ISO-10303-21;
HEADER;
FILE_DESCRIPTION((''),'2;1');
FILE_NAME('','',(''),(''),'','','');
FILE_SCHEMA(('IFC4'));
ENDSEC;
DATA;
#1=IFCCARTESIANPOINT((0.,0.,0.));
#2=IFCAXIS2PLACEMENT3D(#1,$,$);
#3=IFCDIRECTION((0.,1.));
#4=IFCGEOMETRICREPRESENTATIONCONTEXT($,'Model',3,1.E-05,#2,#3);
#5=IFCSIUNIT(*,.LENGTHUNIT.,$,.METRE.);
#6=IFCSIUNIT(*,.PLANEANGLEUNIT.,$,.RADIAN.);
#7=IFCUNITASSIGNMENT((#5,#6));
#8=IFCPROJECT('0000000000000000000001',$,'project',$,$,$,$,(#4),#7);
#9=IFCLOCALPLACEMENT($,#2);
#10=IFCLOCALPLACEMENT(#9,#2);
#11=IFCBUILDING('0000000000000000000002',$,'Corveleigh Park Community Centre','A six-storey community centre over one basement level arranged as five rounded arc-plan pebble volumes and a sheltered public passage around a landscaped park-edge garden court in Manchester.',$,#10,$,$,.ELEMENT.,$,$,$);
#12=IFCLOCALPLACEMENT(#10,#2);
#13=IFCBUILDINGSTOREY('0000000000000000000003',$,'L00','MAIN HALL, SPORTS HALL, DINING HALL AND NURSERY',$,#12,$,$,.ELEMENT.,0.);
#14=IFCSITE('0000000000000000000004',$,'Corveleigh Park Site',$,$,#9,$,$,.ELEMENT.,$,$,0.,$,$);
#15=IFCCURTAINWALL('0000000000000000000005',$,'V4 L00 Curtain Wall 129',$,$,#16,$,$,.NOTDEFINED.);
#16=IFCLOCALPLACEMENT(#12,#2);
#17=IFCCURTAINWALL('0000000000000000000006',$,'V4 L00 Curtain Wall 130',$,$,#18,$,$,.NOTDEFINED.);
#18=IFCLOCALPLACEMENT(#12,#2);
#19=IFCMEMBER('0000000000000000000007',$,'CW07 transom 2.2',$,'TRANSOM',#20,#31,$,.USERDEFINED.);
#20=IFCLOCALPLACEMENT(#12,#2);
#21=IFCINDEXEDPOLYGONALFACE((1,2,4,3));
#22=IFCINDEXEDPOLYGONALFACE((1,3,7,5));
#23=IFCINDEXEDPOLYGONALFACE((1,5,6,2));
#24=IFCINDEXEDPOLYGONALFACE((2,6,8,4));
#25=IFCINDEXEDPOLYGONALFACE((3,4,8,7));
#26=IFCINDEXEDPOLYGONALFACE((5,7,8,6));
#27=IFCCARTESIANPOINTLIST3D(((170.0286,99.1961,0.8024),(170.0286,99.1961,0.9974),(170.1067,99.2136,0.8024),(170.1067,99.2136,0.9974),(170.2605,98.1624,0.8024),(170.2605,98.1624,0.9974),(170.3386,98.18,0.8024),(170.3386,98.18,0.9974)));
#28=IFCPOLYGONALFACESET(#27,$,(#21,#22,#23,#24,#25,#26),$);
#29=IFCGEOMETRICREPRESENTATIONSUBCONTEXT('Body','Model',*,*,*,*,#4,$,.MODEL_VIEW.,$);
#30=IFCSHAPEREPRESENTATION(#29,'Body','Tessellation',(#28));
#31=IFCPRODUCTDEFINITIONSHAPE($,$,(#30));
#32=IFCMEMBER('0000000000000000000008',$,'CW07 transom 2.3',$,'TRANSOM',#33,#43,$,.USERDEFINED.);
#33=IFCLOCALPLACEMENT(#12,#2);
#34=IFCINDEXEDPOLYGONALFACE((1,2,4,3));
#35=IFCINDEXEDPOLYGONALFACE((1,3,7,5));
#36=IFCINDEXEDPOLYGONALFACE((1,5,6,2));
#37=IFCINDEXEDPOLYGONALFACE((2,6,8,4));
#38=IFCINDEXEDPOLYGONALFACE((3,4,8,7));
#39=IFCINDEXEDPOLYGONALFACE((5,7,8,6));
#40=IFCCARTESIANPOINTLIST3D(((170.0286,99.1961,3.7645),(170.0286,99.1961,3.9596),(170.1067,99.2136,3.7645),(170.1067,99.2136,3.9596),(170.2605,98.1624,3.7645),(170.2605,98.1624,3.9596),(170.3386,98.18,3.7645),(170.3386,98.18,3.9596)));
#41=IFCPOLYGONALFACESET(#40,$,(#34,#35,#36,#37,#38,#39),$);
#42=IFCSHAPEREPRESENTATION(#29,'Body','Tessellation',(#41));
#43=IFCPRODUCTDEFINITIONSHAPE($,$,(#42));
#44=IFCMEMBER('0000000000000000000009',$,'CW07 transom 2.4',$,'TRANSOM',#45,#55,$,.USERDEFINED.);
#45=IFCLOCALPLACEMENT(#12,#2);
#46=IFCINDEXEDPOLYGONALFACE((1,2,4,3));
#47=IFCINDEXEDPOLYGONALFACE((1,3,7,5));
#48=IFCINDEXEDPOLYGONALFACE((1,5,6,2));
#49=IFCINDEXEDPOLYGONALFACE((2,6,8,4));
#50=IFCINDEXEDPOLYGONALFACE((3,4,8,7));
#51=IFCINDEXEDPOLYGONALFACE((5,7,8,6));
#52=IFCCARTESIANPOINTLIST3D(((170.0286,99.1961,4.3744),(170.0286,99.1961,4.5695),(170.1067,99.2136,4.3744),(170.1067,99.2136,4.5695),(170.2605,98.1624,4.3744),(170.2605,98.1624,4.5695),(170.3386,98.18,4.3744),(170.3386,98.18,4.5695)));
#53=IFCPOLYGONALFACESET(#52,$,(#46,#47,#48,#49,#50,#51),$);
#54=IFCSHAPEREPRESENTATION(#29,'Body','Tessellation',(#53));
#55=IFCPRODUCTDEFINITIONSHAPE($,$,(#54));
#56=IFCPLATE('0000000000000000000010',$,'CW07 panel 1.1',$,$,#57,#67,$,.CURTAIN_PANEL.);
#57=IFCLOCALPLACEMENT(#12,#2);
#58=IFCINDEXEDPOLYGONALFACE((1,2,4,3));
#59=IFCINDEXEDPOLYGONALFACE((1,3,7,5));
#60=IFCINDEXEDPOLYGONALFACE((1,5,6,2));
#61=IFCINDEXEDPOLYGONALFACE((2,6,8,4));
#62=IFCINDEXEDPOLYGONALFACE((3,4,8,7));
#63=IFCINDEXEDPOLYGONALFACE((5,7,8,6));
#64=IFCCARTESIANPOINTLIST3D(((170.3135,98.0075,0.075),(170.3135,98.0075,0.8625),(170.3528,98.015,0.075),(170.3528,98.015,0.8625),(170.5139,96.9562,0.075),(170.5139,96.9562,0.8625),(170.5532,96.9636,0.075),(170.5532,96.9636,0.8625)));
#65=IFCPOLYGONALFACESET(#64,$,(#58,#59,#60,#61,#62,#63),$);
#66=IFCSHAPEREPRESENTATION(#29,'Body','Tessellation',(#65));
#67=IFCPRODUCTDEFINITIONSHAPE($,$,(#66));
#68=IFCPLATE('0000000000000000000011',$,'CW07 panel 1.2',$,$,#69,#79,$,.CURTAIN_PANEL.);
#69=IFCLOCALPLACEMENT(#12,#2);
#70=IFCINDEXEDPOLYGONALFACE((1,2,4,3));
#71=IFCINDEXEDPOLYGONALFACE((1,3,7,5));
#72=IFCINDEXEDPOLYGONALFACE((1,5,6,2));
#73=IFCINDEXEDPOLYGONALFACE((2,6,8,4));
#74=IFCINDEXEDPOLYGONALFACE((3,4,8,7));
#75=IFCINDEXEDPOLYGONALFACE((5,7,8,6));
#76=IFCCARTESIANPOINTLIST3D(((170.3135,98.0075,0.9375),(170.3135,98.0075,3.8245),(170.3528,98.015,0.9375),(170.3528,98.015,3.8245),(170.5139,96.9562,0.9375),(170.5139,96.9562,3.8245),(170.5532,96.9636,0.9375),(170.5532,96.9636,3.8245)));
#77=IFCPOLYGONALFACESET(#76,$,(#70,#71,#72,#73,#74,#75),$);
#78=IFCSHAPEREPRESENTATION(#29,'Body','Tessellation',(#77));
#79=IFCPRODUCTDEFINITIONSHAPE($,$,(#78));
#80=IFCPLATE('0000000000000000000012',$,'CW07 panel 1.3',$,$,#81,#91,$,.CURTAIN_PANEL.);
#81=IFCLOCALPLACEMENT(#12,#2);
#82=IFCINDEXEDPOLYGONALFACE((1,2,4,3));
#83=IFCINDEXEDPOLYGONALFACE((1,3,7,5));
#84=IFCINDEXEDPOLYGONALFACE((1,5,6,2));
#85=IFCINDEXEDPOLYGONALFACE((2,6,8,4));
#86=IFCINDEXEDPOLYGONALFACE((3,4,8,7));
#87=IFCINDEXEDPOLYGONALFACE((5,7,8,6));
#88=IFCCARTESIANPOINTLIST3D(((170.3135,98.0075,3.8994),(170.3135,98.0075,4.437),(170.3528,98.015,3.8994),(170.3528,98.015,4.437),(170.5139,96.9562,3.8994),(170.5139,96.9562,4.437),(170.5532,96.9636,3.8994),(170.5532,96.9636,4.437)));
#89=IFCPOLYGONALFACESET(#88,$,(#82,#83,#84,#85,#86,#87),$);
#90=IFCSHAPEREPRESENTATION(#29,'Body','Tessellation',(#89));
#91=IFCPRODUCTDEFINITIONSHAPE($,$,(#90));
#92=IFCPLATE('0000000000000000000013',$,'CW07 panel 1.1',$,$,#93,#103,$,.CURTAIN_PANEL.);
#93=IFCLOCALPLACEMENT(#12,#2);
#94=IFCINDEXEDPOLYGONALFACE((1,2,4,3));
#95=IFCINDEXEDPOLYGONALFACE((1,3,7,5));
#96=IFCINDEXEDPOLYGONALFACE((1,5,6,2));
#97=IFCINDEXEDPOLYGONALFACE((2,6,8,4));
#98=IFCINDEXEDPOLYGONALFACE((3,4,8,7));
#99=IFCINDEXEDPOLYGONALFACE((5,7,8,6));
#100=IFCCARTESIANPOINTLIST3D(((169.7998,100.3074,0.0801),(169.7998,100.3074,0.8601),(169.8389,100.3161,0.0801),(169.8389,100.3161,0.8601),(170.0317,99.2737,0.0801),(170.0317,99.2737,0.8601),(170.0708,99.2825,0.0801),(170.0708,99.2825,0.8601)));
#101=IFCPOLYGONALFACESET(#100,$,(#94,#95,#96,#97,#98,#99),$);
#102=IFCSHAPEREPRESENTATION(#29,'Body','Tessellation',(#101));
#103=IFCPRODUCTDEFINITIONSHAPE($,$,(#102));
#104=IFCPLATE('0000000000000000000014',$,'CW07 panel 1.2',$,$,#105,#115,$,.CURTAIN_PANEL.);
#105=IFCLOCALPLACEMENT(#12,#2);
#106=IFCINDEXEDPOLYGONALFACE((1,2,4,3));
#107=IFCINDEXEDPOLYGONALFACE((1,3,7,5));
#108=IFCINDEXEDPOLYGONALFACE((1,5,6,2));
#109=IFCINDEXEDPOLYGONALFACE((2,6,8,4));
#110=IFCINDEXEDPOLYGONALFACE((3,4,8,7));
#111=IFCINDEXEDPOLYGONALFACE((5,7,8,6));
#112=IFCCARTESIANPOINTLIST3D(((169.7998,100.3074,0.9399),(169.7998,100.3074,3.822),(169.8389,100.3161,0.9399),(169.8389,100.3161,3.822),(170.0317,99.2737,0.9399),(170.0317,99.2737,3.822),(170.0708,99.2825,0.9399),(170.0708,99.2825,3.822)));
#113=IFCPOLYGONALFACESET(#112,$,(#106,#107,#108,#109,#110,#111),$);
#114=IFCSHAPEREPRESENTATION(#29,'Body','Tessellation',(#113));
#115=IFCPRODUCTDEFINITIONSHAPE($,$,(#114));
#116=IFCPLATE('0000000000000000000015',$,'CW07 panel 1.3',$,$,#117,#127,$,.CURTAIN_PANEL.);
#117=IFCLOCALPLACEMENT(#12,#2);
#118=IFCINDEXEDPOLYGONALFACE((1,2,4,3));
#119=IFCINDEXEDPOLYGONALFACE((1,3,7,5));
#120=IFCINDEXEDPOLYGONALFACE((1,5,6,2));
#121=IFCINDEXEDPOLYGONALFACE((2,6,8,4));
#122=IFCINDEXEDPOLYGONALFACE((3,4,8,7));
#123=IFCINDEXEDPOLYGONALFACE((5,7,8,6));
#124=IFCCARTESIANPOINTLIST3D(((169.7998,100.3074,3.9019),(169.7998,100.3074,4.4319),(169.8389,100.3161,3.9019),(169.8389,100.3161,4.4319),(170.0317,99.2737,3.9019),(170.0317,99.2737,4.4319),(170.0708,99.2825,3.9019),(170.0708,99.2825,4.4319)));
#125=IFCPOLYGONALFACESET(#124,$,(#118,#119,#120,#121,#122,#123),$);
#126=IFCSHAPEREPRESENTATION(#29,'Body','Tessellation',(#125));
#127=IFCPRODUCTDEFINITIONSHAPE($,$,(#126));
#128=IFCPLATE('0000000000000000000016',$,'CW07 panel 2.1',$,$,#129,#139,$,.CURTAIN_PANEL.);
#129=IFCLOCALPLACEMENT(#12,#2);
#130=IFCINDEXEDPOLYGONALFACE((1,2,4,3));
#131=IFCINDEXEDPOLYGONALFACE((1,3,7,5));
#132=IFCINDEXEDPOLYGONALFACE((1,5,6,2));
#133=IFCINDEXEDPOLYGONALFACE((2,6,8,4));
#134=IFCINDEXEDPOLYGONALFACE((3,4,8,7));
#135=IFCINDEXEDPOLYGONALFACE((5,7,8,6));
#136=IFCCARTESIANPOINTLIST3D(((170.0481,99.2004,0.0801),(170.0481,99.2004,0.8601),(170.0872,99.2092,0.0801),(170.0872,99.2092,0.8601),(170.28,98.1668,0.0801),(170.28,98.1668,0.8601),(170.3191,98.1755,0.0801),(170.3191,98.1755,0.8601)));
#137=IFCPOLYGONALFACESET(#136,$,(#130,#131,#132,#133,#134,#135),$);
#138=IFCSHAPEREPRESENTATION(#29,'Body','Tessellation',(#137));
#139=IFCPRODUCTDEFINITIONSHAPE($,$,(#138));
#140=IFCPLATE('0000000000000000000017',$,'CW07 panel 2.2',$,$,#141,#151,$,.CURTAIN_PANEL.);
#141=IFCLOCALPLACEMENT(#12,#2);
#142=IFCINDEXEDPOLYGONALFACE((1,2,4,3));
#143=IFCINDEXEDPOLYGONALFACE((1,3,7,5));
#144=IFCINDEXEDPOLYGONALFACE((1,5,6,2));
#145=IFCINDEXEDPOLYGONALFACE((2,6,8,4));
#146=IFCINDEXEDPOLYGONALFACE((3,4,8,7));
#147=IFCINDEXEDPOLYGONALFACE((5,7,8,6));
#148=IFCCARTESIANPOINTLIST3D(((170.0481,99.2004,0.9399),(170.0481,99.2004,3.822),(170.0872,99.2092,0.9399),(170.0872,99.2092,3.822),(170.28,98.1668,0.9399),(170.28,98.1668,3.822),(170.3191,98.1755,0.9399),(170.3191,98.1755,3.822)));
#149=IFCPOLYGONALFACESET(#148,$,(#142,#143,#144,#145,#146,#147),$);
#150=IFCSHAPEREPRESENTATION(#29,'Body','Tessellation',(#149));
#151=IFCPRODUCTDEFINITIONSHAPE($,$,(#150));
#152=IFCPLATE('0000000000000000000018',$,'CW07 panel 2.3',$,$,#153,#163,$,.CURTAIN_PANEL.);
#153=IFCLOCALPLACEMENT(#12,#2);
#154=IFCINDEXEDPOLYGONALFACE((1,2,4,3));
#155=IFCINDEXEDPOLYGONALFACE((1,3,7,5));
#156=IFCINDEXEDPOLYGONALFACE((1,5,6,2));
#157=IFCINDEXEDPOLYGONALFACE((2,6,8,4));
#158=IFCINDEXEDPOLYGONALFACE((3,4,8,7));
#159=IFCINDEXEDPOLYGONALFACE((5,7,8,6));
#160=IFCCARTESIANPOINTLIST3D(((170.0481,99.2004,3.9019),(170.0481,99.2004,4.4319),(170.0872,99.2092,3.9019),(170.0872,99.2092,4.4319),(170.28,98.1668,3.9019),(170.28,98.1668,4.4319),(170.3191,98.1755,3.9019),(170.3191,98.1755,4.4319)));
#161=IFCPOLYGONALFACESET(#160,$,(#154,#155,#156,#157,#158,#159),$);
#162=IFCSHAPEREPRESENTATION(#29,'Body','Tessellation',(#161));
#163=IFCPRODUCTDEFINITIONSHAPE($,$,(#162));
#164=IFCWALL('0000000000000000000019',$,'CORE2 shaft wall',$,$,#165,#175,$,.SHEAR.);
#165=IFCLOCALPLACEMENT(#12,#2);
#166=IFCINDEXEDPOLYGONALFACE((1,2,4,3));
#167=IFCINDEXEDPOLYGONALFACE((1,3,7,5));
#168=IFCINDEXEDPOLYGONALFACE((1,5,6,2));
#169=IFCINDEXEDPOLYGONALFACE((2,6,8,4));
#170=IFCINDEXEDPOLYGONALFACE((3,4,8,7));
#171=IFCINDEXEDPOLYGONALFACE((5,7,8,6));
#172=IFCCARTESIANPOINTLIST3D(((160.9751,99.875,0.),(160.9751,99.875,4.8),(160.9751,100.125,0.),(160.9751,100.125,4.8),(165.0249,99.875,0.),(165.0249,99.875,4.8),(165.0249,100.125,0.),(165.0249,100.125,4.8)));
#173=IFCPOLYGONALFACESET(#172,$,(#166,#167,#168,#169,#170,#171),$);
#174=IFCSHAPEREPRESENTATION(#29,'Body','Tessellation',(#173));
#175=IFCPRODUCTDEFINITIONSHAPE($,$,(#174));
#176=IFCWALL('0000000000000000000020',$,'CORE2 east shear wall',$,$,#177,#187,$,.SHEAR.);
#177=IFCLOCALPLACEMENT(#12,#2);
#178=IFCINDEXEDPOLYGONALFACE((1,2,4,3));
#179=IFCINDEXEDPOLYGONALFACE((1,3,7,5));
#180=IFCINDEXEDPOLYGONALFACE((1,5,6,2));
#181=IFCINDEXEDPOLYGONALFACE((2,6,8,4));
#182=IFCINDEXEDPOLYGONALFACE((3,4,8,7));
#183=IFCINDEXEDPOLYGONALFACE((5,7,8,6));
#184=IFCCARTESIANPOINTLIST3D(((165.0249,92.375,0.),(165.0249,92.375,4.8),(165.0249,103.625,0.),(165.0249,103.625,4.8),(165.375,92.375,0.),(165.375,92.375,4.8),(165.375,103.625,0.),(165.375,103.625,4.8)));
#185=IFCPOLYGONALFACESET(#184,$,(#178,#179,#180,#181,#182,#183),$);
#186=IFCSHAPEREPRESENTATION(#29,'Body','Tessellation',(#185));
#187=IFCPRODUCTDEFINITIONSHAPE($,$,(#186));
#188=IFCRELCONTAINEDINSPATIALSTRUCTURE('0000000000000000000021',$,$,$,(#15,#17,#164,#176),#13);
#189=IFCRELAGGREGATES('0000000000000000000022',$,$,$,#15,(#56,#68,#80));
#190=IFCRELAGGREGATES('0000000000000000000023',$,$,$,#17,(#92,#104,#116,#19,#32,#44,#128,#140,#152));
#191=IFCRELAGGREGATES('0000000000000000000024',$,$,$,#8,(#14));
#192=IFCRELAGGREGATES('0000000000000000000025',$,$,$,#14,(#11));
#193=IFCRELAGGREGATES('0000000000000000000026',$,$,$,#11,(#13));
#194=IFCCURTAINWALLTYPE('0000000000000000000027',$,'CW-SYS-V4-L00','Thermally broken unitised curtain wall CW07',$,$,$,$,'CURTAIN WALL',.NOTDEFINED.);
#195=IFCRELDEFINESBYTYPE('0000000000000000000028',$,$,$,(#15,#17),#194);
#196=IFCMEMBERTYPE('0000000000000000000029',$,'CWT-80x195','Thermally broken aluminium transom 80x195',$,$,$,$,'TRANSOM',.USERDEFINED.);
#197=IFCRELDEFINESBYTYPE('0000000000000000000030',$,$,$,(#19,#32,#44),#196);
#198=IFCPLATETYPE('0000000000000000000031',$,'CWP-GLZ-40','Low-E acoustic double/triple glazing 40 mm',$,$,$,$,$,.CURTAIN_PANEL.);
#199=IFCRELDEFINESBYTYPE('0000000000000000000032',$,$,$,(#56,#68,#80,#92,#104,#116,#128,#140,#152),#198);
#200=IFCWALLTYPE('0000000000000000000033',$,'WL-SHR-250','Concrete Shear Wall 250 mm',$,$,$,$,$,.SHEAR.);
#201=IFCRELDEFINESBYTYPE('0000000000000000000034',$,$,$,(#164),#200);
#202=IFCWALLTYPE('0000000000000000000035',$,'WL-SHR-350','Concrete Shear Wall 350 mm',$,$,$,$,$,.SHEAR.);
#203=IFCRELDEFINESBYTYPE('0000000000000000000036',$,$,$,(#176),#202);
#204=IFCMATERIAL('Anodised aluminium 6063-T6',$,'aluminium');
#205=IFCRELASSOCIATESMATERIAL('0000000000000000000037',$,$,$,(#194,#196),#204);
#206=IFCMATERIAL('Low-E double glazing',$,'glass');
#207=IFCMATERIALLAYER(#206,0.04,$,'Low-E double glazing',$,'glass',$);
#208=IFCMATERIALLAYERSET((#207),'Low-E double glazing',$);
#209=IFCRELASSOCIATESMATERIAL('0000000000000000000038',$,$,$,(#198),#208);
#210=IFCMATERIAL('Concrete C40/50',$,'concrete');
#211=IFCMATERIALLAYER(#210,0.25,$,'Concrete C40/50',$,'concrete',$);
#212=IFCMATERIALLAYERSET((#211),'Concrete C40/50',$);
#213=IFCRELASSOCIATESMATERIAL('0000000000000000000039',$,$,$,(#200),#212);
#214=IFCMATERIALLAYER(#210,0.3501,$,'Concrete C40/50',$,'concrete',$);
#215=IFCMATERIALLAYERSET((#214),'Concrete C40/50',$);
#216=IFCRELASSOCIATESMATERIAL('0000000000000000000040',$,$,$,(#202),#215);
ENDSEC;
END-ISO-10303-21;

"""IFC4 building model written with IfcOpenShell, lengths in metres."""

from ifc_helpers import new_model, si_unit, direction, frame, frame_2d, origin, origin_2d, place, context, subcontext, project, spatial, rectangle, extrude, material, layer, layer_set, material_profile, profile_set, type_object, element, aggregate, save


model = new_model("IFC4")

# Units and contexts
model_context = context("Model", 3, precision=1e-05, world=origin(), true_north=direction((0.0, 1.0)))
body_context = subcontext(model_context, "Body", "Model", "MODEL_VIEW")
ifc_project = project(units=[si_unit("LENGTHUNIT", "METRE"), si_unit("PLANEANGLEUNIT", "RADIAN")], contexts=[model_context])

# Site, building, storey
site_placement = place(None, origin())
site = spatial("IfcSite", under=ifc_project, at=site_placement, Name="Corveleigh Park Site", CompositionType="ELEMENT", RefElevation=0.0)
building_placement = place(site_placement, origin())
building = spatial("IfcBuilding", under=site, at=building_placement, Name="Corveleigh Park Community Centre", Description="A six-storey community centre over one basement level arranged as five rounded arc-plan pebble volumes and a sheltered public passage around a landscaped park-edge garden court in Manchester.", CompositionType="ELEMENT")
storey_placement = place(building_placement, origin())
storey = spatial("IfcBuildingStorey", under=building, at=storey_placement, Name="L00", Description="MAIN HALL, SPORTS HALL, DINING HALL AND NURSERY", CompositionType="ELEMENT", Elevation=0.0)

# Shared definitions
ifc_material_1 = material(Name="Concrete C40/50", Category="concrete")

# Curtain wall
ifc_material_2 = material(Name="Anodised aluminium 6063-T6", Category="aluminium")
curtain_wall_type = type_object("IfcCurtainWallType", Name="CW-SYS-V4-L00", Description="Thermally broken unitised curtain wall CW07", ElementType="CURTAIN WALL", PredefinedType="NOTDEFINED", material=ifc_material_2)
curtain_wall_1_placement = place(storey_placement, origin())
curtain_wall_1 = element("IfcCurtainWall", 1, at=curtain_wall_1_placement, inside=storey, type_object=curtain_wall_type, Name="V4 L00 Curtain Wall 129", PredefinedType="NOTDEFINED")

# Curtain wall
curtain_wall_2_placement = place(storey_placement, origin())
curtain_wall_2 = element("IfcCurtainWall", 2, at=curtain_wall_2_placement, inside=storey, type_object=curtain_wall_type, Name="V4 L00 Curtain Wall 130", PredefinedType="NOTDEFINED")

# Members
ifc_material_profile_1 = material_profile(ifc_material_2, rectangle(XDim=0.0801, YDim=0.1951, at=origin_2d()), Name="ALU-T80x195", Category="aluminium")
ifc_profile_set_1 = profile_set([ifc_material_profile_1], Name="Anodised aluminium 6063-T6")
member_type_1 = type_object("IfcMemberType", Name="CWT-80x195", Description="Thermally broken aluminium transom 80x195", ElementType="TRANSOM", PredefinedType="USERDEFINED", material=ifc_profile_set_1)
member_1_placement = place(storey_placement, frame((170.0676, 99.2048, 0.8999), z_axis=(0.218931, -0.97574, 0.0), x_axis=(0.97574, 0.218931, 0.0)))
member_1 = element("IfcMember", 3, at=member_1_placement, type_object=member_type_1, Name="CW07 transom 2.2", ObjectType="TRANSOM", PredefinedType="USERDEFINED", context=body_context, shape_type="SweptSolid", body=[
    extrude(rectangle(XDim=0.0801, YDim=0.1951, at=origin_2d()), origin(), (0.0, 0.0, 1.0), 1.0593),
])
member_2_placement = place(storey_placement, frame((170.0676, 99.2048, 3.8621), z_axis=(0.218931, -0.97574, 0.0), x_axis=(0.97574, 0.218931, 0.0)))
member_2 = element("IfcMember", 4, at=member_2_placement, type_object=member_type_1, Name="CW07 transom 2.3", ObjectType="TRANSOM", PredefinedType="USERDEFINED", context=body_context, shape_type="SweptSolid", body=[
    extrude(rectangle(XDim=0.0801, YDim=0.1951, at=origin_2d()), origin(), (0.0, 0.0, 1.0), 1.0593),
])
member_3_placement = place(storey_placement, frame((170.0676, 99.2048, 4.4719), z_axis=(0.218931, -0.97574, 0.0), x_axis=(0.97574, 0.218931, 0.0)))
member_3 = element("IfcMember", 5, at=member_3_placement, type_object=member_type_1, Name="CW07 transom 2.4", ObjectType="TRANSOM", PredefinedType="USERDEFINED", context=body_context, shape_type="SweptSolid", body=[
    extrude(rectangle(XDim=0.0801, YDim=0.1951, at=origin_2d()), origin(), (0.0, 0.0, 1.0), 1.0593),
])

# Plates
ifc_material_3 = material(Name="Low-E double glazing", Category="glass")
ifc_layer_1 = layer(ifc_material_3, 0.04, Name="Low-E double glazing", Category="glass")
ifc_layer_set_1 = layer_set([ifc_layer_1], Name="Low-E double glazing")
plate_type = type_object("IfcPlateType", Name="CWP-GLZ-40", Description="Low-E acoustic double/triple glazing 40 mm", PredefinedType="CURTAIN_PANEL", material=ifc_layer_set_1)
plate_1_placement = place(storey_placement, frame((170.4333, 97.4856, 0.075), z_axis=(0.0, 0.0, 1.0), x_axis=(0.18719, -0.982324, 0.0)))
plate_1 = element("IfcPlate", 6, at=plate_1_placement, type_object=plate_type, Name="CW07 panel 1.1", PredefinedType="CURTAIN_PANEL", context=body_context, shape_type="SweptSolid", body=[
    extrude(rectangle(XDim=1.0703, YDim=0.04, at=origin_2d()), origin(), (0.0, 0.0, 1.0), 0.7876),
])
plate_2_placement = place(storey_placement, frame((170.4333, 97.4856, 0.9375), z_axis=(0.0, 0.0, 1.0), x_axis=(0.18719, -0.982324, 0.0)))
plate_2 = element("IfcPlate", 7, at=plate_2_placement, type_object=plate_type, Name="CW07 panel 1.2", PredefinedType="CURTAIN_PANEL", context=body_context, shape_type="SweptSolid", body=[
    extrude(rectangle(XDim=1.0703, YDim=0.04, at=origin_2d()), origin(), (0.0, 0.0, 1.0), 2.887),
])
plate_3_placement = place(storey_placement, frame((170.4333, 97.4856, 3.8994), z_axis=(0.0, 0.0, 1.0), x_axis=(0.18719, -0.982324, 0.0)))
plate_3 = element("IfcPlate", 8, at=plate_3_placement, type_object=plate_type, Name="CW07 panel 1.3", PredefinedType="CURTAIN_PANEL", context=body_context, shape_type="SweptSolid", body=[
    extrude(rectangle(XDim=1.0703, YDim=0.04, at=origin_2d()), origin(), (0.0, 0.0, 1.0), 0.5376),
])
aggregate(curtain_wall_1, [plate_1, plate_2, plate_3])
plate_4_placement = place(storey_placement, frame((169.9353, 99.7949, 0.0801), z_axis=(0.0, 0.0, 1.0), x_axis=(0.218873, -0.975753, 0.0)))
plate_4 = element("IfcPlate", 9, at=plate_4_placement, type_object=plate_type, Name="CW07 panel 1.1", PredefinedType="CURTAIN_PANEL", context=body_context, shape_type="SweptSolid", body=[
    extrude(rectangle(XDim=1.0593, YDim=0.04, at=origin_2d()), origin(), (0.0, 0.0, 1.0), 0.78),
])
plate_5_placement = place(storey_placement, frame((169.9353, 99.7949, 0.9399), z_axis=(0.0, 0.0, 1.0), x_axis=(0.218873, -0.975753, 0.0)))
plate_5 = element("IfcPlate", 10, at=plate_5_placement, type_object=plate_type, Name="CW07 panel 1.2", PredefinedType="CURTAIN_PANEL", context=body_context, shape_type="SweptSolid", body=[
    extrude(rectangle(XDim=1.0593, YDim=0.04, at=origin_2d()), origin(), (0.0, 0.0, 1.0), 2.8821),
])
plate_6_placement = place(storey_placement, frame((169.9353, 99.7949, 3.9019), z_axis=(0.0, 0.0, 1.0), x_axis=(0.218873, -0.975753, 0.0)))
plate_6 = element("IfcPlate", 11, at=plate_6_placement, type_object=plate_type, Name="CW07 panel 1.3", PredefinedType="CURTAIN_PANEL", context=body_context, shape_type="SweptSolid", body=[
    extrude(rectangle(XDim=1.0593, YDim=0.04, at=origin_2d()), origin(), (0.0, 0.0, 1.0), 0.53),
])
plate_7_placement = place(storey_placement, frame((170.1836, 98.688, 0.0801), z_axis=(0.0, 0.0, 1.0), x_axis=(0.218873, -0.975753, 0.0)))
plate_7 = element("IfcPlate", 12, at=plate_7_placement, type_object=plate_type, Name="CW07 panel 2.1", PredefinedType="CURTAIN_PANEL", context=body_context, shape_type="SweptSolid", body=[
    extrude(rectangle(XDim=1.0593, YDim=0.04, at=origin_2d()), origin(), (0.0, 0.0, 1.0), 0.78),
])
plate_8_placement = place(storey_placement, frame((170.1836, 98.688, 0.9399), z_axis=(0.0, 0.0, 1.0), x_axis=(0.218873, -0.975753, 0.0)))
plate_8 = element("IfcPlate", 13, at=plate_8_placement, type_object=plate_type, Name="CW07 panel 2.2", PredefinedType="CURTAIN_PANEL", context=body_context, shape_type="SweptSolid", body=[
    extrude(rectangle(XDim=1.0593, YDim=0.04, at=origin_2d()), origin(), (0.0, 0.0, 1.0), 2.8821),
])
plate_9_placement = place(storey_placement, frame((170.1836, 98.688, 3.9019), z_axis=(0.0, 0.0, 1.0), x_axis=(0.218873, -0.975753, 0.0)))
plate_9 = element("IfcPlate", 14, at=plate_9_placement, type_object=plate_type, Name="CW07 panel 2.3", PredefinedType="CURTAIN_PANEL", context=body_context, shape_type="SweptSolid", body=[
    extrude(rectangle(XDim=1.0593, YDim=0.04, at=origin_2d()), origin(), (0.0, 0.0, 1.0), 0.53),
])
aggregate(curtain_wall_2, [plate_4, plate_5, plate_6, member_1, member_2, member_3, plate_7, plate_8, plate_9])

# Walls
ifc_layer_2 = layer(ifc_material_1, 0.25, Name="Concrete C40/50", Category="concrete")
ifc_layer_set_2 = layer_set([ifc_layer_2], Name="Concrete C40/50")
wall_type_1 = type_object("IfcWallType", Name="WL-SHR-250", Description="Concrete Shear Wall 250 mm", PredefinedType="SHEAR", material=ifc_layer_set_2)
wall_1_placement = place(storey_placement, frame((160.9751, 100.0, 0.0), z_axis=(0.0, 0.0, 1.0), x_axis=(1.0, 0.0, 0.0)))
element("IfcWall", 15, at=wall_1_placement, inside=storey, type_object=wall_type_1, Name="CORE2 shaft wall", PredefinedType="SHEAR", context=body_context, shape_type="SweptSolid", body=[
    extrude(rectangle(XDim=4.0498, YDim=0.25, at=frame_2d((2.0249, 0.0))), origin(), (0.0, 0.0, 1.0), 4.8),
])
ifc_layer_3 = layer(ifc_material_1, 0.3501, Name="Concrete C40/50", Category="concrete")
ifc_layer_set_3 = layer_set([ifc_layer_3], Name="Concrete C40/50")
wall_type_2 = type_object("IfcWallType", Name="WL-SHR-350", Description="Concrete Shear Wall 350 mm", PredefinedType="SHEAR", material=ifc_layer_set_3)
wall_2_placement = place(storey_placement, frame((165.2, 92.375, 0.0), z_axis=(0.0, 0.0, 1.0), x_axis=(0.0, 1.0, 0.0)))
element("IfcWall", 16, at=wall_2_placement, inside=storey, type_object=wall_type_2, Name="CORE2 east shear wall", PredefinedType="SHEAR", context=body_context, shape_type="SweptSolid", body=[
    extrude(rectangle(XDim=11.25, YDim=0.3501, at=frame_2d((5.625, 0.0))), origin(), (0.0, 0.0, 1.0), 4.8),
])

save(model, "model.ifc")
